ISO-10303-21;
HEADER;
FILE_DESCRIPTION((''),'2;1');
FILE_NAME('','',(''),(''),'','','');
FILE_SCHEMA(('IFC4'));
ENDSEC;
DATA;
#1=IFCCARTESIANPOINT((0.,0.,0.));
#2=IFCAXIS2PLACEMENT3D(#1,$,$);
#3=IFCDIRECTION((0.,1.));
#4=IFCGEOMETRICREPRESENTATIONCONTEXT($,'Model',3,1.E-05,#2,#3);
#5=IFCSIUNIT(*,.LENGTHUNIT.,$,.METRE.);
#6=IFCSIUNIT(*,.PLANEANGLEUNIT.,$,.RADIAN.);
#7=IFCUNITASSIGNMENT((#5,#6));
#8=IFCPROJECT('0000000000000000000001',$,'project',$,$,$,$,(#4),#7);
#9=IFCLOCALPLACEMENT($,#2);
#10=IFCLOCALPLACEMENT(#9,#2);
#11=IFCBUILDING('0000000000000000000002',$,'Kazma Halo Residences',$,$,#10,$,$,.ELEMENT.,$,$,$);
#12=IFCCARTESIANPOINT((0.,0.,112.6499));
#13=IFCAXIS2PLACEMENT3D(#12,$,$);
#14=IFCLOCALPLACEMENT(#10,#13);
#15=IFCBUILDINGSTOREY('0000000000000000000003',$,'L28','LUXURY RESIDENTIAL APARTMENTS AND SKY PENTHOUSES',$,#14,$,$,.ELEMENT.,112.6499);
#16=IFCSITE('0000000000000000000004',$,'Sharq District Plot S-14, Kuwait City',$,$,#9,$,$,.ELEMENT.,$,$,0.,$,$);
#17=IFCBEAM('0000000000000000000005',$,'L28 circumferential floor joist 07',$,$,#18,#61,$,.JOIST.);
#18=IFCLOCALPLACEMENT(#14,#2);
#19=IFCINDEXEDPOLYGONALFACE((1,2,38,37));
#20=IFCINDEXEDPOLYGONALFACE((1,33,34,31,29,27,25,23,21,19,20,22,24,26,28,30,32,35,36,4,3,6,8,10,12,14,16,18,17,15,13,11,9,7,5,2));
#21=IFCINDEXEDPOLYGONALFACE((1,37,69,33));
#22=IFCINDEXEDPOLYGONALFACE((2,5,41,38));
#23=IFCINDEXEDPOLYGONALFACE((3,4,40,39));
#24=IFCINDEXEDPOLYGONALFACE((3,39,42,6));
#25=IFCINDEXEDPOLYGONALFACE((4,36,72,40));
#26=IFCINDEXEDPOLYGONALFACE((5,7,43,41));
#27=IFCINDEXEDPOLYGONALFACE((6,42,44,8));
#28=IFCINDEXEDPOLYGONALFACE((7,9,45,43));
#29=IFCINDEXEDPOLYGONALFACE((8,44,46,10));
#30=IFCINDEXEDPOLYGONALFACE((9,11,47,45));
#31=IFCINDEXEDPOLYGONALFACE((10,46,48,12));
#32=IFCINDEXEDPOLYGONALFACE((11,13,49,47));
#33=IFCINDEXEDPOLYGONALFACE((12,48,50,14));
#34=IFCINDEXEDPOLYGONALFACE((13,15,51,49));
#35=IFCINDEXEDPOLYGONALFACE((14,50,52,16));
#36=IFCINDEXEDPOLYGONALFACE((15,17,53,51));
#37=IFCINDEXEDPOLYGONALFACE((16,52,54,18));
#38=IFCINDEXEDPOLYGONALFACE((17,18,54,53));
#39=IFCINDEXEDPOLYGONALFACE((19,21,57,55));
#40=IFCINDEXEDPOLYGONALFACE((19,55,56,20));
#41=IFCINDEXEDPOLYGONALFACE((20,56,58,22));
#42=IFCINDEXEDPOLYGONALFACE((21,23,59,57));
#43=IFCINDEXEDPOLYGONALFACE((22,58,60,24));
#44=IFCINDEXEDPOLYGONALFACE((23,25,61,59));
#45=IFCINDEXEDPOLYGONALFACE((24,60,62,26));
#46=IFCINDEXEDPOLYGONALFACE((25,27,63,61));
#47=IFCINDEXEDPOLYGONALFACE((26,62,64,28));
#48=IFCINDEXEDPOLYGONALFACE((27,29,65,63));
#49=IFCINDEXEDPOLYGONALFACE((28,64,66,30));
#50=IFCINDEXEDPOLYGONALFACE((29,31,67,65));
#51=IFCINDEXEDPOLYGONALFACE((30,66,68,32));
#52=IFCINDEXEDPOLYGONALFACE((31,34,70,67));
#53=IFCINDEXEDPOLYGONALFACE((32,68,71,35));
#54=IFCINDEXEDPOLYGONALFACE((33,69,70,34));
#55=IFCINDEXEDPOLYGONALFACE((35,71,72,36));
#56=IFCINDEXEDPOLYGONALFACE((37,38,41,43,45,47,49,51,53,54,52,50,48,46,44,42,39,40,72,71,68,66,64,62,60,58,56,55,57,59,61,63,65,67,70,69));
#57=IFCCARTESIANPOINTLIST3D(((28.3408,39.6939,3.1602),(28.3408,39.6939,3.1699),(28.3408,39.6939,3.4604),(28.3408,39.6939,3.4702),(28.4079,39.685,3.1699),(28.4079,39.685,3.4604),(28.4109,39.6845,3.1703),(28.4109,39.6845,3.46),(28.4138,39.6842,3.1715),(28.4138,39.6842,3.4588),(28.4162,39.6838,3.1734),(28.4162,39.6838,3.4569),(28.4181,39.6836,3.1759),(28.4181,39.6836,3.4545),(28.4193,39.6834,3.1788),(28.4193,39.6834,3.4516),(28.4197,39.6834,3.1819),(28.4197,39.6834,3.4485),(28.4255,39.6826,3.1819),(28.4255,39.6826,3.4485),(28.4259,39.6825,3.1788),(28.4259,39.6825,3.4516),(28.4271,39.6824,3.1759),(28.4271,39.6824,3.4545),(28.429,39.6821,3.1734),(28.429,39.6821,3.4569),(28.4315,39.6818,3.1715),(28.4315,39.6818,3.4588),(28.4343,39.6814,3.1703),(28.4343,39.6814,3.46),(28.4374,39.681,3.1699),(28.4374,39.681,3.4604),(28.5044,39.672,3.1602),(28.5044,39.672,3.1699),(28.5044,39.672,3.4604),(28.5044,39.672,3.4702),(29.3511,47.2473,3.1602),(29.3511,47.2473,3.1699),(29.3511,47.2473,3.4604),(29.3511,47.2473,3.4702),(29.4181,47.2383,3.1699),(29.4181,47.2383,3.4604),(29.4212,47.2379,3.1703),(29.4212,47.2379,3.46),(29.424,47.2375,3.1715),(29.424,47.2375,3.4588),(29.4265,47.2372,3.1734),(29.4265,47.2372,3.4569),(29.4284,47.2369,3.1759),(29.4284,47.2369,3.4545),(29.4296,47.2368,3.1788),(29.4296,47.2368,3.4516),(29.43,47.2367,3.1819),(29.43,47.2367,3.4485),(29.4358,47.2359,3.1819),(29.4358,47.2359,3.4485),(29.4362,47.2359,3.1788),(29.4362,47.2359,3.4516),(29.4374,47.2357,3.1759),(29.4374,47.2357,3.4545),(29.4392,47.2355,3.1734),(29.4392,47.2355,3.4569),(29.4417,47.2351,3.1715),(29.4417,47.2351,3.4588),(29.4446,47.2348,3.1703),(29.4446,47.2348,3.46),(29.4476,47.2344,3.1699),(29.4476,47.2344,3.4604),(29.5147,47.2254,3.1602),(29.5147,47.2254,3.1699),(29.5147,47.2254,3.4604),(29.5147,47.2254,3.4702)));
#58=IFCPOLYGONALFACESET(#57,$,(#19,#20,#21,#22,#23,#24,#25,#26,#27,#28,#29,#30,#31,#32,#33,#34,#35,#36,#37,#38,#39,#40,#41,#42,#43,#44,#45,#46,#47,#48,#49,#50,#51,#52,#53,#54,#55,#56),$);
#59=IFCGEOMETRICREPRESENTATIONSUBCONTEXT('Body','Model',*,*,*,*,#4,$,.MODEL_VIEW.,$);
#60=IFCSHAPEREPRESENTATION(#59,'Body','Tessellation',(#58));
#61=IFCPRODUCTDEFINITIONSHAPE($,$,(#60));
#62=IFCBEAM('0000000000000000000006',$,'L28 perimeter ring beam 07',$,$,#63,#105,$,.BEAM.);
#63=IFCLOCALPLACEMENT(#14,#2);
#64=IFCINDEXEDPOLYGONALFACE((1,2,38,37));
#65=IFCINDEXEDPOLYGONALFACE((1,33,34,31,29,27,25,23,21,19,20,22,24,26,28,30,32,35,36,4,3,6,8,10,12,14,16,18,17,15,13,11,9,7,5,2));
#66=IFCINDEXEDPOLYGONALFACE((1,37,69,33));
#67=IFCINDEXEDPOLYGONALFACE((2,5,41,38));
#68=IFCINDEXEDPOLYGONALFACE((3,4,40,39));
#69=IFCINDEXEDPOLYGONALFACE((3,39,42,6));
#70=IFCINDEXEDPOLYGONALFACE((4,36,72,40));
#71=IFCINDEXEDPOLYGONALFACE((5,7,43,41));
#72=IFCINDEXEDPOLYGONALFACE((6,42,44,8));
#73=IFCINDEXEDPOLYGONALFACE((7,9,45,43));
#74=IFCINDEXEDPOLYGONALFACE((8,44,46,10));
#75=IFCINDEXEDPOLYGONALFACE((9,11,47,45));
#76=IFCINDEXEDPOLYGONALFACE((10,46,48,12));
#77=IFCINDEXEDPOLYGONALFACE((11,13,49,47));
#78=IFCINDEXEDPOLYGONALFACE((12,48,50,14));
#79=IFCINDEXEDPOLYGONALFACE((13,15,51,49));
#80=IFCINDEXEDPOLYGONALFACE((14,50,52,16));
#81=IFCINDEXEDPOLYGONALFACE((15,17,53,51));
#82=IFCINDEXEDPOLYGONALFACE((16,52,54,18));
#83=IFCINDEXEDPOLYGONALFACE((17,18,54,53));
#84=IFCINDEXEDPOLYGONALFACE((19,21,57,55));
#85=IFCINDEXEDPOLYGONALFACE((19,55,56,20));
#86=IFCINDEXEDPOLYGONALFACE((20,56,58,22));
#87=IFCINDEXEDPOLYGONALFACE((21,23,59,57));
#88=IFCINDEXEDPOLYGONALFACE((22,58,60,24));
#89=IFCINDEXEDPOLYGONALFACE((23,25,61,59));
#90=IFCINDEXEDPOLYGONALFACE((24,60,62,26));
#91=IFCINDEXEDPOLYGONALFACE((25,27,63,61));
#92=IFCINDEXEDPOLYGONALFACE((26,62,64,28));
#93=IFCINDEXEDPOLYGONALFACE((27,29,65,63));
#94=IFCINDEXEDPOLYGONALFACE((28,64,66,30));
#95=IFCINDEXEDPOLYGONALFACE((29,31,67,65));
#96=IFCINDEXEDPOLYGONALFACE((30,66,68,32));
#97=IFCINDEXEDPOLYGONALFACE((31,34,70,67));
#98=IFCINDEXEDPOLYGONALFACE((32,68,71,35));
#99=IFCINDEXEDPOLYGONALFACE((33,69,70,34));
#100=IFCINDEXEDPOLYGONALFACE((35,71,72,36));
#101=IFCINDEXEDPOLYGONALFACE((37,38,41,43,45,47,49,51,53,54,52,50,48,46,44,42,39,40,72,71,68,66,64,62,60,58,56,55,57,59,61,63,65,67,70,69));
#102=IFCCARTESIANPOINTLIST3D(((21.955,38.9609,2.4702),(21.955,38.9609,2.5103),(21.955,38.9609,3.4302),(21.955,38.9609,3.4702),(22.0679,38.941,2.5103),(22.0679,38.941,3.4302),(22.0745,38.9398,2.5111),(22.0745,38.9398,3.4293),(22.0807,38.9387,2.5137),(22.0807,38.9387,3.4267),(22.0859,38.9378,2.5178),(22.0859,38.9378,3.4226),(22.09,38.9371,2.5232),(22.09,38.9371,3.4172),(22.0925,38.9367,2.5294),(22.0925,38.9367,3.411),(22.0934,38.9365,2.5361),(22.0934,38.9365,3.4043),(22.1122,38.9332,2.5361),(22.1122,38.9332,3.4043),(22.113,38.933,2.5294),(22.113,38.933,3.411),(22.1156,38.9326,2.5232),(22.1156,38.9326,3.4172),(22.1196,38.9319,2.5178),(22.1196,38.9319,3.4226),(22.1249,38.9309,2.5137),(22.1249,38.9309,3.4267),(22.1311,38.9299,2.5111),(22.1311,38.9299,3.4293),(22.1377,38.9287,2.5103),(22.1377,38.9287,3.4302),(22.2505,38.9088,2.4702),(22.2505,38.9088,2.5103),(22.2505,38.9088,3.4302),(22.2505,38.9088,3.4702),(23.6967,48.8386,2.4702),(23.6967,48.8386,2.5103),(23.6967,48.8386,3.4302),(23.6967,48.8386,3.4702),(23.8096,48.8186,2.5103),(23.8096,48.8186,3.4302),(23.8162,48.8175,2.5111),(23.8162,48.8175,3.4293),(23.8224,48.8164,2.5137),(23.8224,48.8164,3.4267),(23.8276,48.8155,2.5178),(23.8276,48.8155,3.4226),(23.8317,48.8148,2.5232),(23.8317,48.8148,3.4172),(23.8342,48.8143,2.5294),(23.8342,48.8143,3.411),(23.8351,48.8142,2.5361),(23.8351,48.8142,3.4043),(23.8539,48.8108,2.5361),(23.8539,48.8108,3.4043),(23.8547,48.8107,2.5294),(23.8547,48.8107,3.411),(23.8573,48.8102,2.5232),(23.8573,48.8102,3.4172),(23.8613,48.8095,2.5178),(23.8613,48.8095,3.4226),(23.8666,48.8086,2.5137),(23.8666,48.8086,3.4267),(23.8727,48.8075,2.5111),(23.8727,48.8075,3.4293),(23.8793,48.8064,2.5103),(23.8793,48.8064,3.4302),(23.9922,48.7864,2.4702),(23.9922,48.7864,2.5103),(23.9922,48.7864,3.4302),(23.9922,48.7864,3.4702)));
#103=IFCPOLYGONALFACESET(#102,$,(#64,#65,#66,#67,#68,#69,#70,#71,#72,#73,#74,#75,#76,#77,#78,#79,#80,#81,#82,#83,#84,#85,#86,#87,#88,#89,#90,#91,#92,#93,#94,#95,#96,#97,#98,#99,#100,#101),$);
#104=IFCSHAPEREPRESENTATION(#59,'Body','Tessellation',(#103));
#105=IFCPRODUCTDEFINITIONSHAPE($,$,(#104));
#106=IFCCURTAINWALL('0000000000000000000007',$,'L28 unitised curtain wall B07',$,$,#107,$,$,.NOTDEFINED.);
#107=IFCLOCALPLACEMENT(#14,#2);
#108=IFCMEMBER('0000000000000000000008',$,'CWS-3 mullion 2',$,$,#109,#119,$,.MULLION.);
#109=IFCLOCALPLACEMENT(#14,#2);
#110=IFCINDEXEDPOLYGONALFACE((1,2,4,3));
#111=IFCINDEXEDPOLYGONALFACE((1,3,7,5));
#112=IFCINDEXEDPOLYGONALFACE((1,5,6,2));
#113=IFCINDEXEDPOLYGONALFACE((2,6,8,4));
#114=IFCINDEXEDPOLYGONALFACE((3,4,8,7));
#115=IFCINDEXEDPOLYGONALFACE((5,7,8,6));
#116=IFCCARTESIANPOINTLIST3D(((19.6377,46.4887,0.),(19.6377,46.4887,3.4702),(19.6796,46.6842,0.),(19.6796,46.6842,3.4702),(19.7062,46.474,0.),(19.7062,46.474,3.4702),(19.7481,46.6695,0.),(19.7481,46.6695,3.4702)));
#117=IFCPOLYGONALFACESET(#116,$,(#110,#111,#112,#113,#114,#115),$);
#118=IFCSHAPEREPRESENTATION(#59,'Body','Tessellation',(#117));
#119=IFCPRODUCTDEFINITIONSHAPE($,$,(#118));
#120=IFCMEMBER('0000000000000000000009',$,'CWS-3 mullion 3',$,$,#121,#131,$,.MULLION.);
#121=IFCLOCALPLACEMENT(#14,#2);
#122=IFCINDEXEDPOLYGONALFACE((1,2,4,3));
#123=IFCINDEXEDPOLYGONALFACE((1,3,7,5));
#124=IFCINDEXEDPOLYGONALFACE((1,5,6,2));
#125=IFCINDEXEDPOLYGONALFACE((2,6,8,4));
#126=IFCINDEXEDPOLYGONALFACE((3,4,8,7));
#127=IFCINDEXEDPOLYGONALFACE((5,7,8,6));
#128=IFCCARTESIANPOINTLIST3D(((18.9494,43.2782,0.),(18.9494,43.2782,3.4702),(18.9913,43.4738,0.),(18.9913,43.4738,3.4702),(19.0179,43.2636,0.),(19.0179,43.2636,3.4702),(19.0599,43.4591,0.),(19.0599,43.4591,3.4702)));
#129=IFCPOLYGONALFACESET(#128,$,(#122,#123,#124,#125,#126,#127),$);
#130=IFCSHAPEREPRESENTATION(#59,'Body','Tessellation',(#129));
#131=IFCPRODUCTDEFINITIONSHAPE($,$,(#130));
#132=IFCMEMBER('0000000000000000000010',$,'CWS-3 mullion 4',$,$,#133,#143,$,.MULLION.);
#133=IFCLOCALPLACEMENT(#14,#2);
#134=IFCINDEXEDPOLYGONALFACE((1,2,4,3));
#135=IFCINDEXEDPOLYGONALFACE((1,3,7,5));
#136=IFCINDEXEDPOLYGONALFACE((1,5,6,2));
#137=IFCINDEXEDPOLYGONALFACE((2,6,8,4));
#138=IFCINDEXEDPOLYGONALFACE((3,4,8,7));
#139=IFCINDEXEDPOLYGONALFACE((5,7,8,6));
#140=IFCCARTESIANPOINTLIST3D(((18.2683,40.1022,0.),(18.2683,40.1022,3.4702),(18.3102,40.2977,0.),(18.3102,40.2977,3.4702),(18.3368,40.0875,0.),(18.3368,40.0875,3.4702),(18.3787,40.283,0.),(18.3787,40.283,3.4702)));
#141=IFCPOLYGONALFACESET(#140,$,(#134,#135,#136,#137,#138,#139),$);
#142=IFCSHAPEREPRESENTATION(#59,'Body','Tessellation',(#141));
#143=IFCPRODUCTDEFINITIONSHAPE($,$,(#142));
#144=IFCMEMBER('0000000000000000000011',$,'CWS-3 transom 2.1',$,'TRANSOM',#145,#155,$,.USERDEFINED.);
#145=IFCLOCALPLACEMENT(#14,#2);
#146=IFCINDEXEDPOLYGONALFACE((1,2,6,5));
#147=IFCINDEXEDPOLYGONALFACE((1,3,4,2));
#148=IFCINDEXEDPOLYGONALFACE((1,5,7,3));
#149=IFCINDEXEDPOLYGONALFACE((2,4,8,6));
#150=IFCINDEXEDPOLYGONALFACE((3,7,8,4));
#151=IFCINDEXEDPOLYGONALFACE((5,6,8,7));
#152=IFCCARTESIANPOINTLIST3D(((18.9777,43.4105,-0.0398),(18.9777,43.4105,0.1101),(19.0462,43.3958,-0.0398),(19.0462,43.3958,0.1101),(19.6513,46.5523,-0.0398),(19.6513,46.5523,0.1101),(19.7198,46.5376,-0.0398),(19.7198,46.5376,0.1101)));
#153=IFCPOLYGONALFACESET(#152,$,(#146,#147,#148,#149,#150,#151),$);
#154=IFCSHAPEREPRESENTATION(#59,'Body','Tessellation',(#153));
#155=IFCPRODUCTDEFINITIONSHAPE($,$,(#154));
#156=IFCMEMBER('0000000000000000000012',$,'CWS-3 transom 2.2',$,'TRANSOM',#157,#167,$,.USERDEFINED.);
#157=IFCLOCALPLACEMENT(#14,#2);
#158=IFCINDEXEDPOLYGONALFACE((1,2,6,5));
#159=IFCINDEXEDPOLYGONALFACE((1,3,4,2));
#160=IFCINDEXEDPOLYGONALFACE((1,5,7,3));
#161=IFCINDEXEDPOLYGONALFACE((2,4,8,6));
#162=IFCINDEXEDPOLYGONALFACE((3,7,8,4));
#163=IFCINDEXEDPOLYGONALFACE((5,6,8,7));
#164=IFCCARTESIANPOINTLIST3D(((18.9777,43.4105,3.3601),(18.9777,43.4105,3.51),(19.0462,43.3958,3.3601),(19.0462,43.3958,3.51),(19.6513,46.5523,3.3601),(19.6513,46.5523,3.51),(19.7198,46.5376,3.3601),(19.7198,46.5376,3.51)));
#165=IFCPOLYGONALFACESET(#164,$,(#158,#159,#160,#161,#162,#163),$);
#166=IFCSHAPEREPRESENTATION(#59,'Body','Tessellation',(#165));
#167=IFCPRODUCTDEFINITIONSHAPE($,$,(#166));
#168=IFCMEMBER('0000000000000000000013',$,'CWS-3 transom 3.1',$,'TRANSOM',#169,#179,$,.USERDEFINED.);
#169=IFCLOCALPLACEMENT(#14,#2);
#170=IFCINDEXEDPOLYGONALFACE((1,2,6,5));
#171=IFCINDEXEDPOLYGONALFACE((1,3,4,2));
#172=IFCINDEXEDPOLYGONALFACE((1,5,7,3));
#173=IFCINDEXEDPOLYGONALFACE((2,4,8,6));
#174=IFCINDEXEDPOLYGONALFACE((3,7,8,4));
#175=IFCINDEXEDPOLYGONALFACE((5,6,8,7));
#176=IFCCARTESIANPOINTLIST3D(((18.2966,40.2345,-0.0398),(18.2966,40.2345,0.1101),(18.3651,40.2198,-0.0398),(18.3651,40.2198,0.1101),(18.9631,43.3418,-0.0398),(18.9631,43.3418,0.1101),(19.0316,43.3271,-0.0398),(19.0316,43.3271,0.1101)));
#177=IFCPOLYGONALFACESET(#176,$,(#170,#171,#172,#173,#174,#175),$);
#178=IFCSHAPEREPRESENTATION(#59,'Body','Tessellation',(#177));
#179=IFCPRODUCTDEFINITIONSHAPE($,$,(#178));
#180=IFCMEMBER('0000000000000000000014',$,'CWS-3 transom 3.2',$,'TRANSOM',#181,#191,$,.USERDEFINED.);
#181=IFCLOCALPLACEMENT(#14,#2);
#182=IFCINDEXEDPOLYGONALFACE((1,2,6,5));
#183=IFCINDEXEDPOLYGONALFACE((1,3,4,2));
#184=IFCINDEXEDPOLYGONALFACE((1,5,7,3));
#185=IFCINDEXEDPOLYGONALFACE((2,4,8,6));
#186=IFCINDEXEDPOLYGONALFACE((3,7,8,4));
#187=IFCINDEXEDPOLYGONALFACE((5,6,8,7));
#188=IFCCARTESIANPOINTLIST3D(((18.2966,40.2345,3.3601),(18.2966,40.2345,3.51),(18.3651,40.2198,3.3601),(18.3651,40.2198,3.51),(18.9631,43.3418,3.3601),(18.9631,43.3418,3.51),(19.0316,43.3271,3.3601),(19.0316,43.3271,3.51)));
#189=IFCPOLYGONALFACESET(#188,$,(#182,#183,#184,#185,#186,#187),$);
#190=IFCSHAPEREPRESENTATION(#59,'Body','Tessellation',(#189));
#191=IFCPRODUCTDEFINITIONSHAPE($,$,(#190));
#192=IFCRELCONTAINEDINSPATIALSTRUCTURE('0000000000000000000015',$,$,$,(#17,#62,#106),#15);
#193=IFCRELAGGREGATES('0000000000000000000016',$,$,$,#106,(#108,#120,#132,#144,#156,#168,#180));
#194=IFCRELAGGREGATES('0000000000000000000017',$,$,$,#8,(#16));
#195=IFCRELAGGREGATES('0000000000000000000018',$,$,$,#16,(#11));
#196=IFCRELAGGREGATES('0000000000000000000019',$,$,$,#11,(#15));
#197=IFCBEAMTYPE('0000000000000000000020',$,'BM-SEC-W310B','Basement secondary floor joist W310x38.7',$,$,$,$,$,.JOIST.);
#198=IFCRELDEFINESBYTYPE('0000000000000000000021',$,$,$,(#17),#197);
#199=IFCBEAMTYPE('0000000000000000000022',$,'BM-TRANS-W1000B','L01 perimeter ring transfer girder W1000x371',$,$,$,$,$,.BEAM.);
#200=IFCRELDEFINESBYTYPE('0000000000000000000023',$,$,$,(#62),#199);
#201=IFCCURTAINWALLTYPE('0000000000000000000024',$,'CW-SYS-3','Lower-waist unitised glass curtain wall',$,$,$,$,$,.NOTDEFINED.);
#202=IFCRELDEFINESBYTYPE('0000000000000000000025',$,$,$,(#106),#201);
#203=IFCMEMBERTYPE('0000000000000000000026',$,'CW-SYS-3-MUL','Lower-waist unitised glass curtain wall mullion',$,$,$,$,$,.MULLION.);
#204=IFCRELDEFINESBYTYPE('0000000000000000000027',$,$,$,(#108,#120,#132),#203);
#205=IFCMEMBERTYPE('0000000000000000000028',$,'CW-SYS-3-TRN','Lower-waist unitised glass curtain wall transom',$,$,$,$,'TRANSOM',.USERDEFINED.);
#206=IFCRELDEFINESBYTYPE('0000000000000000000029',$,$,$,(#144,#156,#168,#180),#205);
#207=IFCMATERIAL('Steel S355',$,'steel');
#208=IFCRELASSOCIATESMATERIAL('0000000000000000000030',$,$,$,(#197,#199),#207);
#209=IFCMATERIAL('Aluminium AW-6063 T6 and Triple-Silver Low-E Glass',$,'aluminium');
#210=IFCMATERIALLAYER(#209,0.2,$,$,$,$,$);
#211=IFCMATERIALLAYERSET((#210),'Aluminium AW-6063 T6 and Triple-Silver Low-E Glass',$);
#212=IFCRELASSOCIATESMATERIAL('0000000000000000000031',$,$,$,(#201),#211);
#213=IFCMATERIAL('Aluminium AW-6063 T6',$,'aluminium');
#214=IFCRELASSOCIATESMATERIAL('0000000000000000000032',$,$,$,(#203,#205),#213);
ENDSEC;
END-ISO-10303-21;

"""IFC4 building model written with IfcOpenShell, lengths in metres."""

from ifc_helpers import new_model, si_unit, direction, frame, origin, origin_2d, place, context, subcontext, project, spatial, rectangle, i_section, extrude, material, layer, layer_set, material_profile, profile_set, type_object, element, aggregate, save


model = new_model("IFC4")

# Units and contexts
model_context = context("Model", 3, precision=1e-05, world=origin(), true_north=direction((0.0, 1.0)))
body_context = subcontext(model_context, "Body", "Model", "MODEL_VIEW")
ifc_project = project(units=[si_unit("LENGTHUNIT", "METRE"), si_unit("PLANEANGLEUNIT", "RADIAN")], contexts=[model_context])

# Site, building, storey
site_placement = place(None, origin())
site = spatial("IfcSite", under=ifc_project, at=site_placement, Name="Sharq District Plot S-14, Kuwait City", CompositionType="ELEMENT", RefElevation=0.0)
building_placement = place(site_placement, origin())
building = spatial("IfcBuilding", under=site, at=building_placement, Name="Kazma Halo Residences", CompositionType="ELEMENT")
storey_placement = place(building_placement, frame((0.0, 0.0, 112.6499)))
storey = spatial("IfcBuildingStorey", under=building, at=storey_placement, Name="L28", Description="LUXURY RESIDENTIAL APARTMENTS AND SKY PENTHOUSES", CompositionType="ELEMENT", Elevation=112.6499)

# Beams
ifc_material_1 = material(Name="Steel S355", Category="steel")
ifc_material_profile_1 = material_profile(ifc_material_1, i_section(OverallWidth=0.165, OverallDepth=0.3101, WebThickness=0.0059, FlangeThickness=0.0098, FilletRadius=0.012, at=origin_2d()), Name="W310x38.7")
ifc_profile_set_1 = profile_set([ifc_material_profile_1], Name="Steel S355")
beam_type_1 = type_object("IfcBeamType", Name="BM-SEC-W310B", Description="Basement secondary floor joist W310x38.7", PredefinedType="JOIST", material=ifc_profile_set_1)
beam_1_placement = place(storey_placement, frame((29.4329, 47.2363, 3.3152), z_axis=(-0.132567, -0.991174, 0.0), x_axis=(0.991174, -0.132567, 0.0)))
element("IfcBeam", 1, at=beam_1_placement, inside=storey, type_object=beam_type_1, Name="L28 circumferential floor joist 07", PredefinedType="JOIST", context=body_context, shape_type="SweptSolid", body=[
    extrude(i_section(OverallWidth=0.165, OverallDepth=0.3101, WebThickness=0.0059, FlangeThickness=0.0098, FilletRadius=0.012, at=origin_2d()), origin(), (0.0, 0.0, 1.0), 7.6206),
])
ifc_material_profile_2 = material_profile(ifc_material_1, i_section(OverallWidth=0.3, OverallDepth=1.0, WebThickness=0.019, FlangeThickness=0.04, FilletRadius=0.0259, at=origin_2d()), Name="W1000x371")
ifc_profile_set_2 = profile_set([ifc_material_profile_2], Name="Steel S355")
beam_type_2 = type_object("IfcBeamType", Name="BM-TRANS-W1000B", Description="L01 perimeter ring transfer girder W1000x371", PredefinedType="BEAM", material=ifc_profile_set_2)
beam_2_placement = place(storey_placement, frame((23.8445, 48.8125, 2.9702), z_axis=(-0.173648, -0.984808, 0.0), x_axis=(0.984808, -0.173648, 0.0)))
element("IfcBeam", 2, at=beam_2_placement, inside=storey, type_object=beam_type_2, Name="L28 perimeter ring beam 07", PredefinedType="BEAM", context=body_context, shape_type="SweptSolid", body=[
    extrude(i_section(OverallWidth=0.3, OverallDepth=1.0, WebThickness=0.019, FlangeThickness=0.04, FilletRadius=0.0259, at=origin_2d()), origin(), (0.0, 0.0, 1.0), 10.03),
])

# Curtain wall, members
ifc_material_2 = material(Name="Aluminium AW-6063 T6 and Triple-Silver Low-E Glass", Category="aluminium")
ifc_layer_1 = layer(ifc_material_2, 0.2)
ifc_layer_set_1 = layer_set([ifc_layer_1], Name="Aluminium AW-6063 T6 and Triple-Silver Low-E Glass")
curtain_wall_type = type_object("IfcCurtainWallType", Name="CW-SYS-3", Description="Lower-waist unitised glass curtain wall", PredefinedType="NOTDEFINED", material=ifc_layer_set_1)
curtain_wall_placement = place(storey_placement, origin())
curtain_wall = element("IfcCurtainWall", 3, at=curtain_wall_placement, inside=storey, type_object=curtain_wall_type, Name="L28 unitised curtain wall B07", PredefinedType="NOTDEFINED")
ifc_material_3 = material(Name="Aluminium AW-6063 T6", Category="aluminium")
ifc_material_profile_3 = material_profile(ifc_material_3, rectangle(XDim=0.0701, YDim=0.2, at=origin_2d()), Name="CWM-70x200")
ifc_profile_set_3 = profile_set([ifc_material_profile_3], Name="Aluminium AW-6063 T6")
member_type_1 = type_object("IfcMemberType", Name="CW-SYS-3-MUL", Description="Lower-waist unitised glass curtain wall mullion", PredefinedType="MULLION", material=ifc_profile_set_3)
member_1_placement = place(storey_placement, frame((19.6929, 46.5791, 0.0), z_axis=(0.0, 0.0, 1.0), x_axis=(0.977774, -0.209661, 0.0)))
member_1 = element("IfcMember", 4, at=member_1_placement, type_object=member_type_1, Name="CWS-3 mullion 2", PredefinedType="MULLION", context=body_context, shape_type="SweptSolid", body=[
    extrude(rectangle(XDim=0.0701, YDim=0.2, at=origin_2d()), origin(), (0.0, 0.0, 1.0), 3.4702),
])
member_2_placement = place(storey_placement, frame((19.0046, 43.3687, 0.0), z_axis=(0.0, 0.0, 1.0), x_axis=(0.977774, -0.209661, 0.0)))
member_2 = element("IfcMember", 5, at=member_2_placement, type_object=member_type_1, Name="CWS-3 mullion 3", PredefinedType="MULLION", context=body_context, shape_type="SweptSolid", body=[
    extrude(rectangle(XDim=0.0701, YDim=0.2, at=origin_2d()), origin(), (0.0, 0.0, 1.0), 3.4702),
])
member_3_placement = place(storey_placement, frame((18.3235, 40.1926, 0.0), z_axis=(0.0, 0.0, 1.0), x_axis=(0.977774, -0.209661, 0.0)))
member_3 = element("IfcMember", 6, at=member_3_placement, type_object=member_type_1, Name="CWS-3 mullion 4", PredefinedType="MULLION", context=body_context, shape_type="SweptSolid", body=[
    extrude(rectangle(XDim=0.0701, YDim=0.2, at=origin_2d()), origin(), (0.0, 0.0, 1.0), 3.4702),
])
ifc_material_profile_4 = material_profile(ifc_material_3, rectangle(XDim=0.0701, YDim=0.1499, at=origin_2d()), Name="CWT-70x150")
ifc_profile_set_4 = profile_set([ifc_material_profile_4], Name="Aluminium AW-6063 T6")
member_type_2 = type_object("IfcMemberType", Name="CW-SYS-3-TRN", Description="Lower-waist unitised glass curtain wall transom", ElementType="TRANSOM", PredefinedType="USERDEFINED", material=ifc_profile_set_4)
member_4_placement = place(storey_placement, frame((19.6855, 46.5449, 0.0352), z_axis=(-0.209628, -0.977781, 0.0), x_axis=(0.977781, -0.209628, 0.0)))
member_4 = element("IfcMember", 7, at=member_4_placement, type_object=member_type_2, Name="CWS-3 transom 2.1", ObjectType="TRANSOM", PredefinedType="USERDEFINED", context=body_context, shape_type="SweptSolid", body=[
    extrude(rectangle(XDim=0.0701, YDim=0.1499, at=origin_2d()), origin(), (0.0, 0.0, 1.0), 3.2131),
])
member_5_placement = place(storey_placement, frame((19.6855, 46.5449, 3.4351), z_axis=(-0.209628, -0.977781, 0.0), x_axis=(0.977781, -0.209628, 0.0)))
member_5 = element("IfcMember", 8, at=member_5_placement, type_object=member_type_2, Name="CWS-3 transom 2.2", ObjectType="TRANSOM", PredefinedType="USERDEFINED", context=body_context, shape_type="SweptSolid", body=[
    extrude(rectangle(XDim=0.0701, YDim=0.1499, at=origin_2d()), origin(), (0.0, 0.0, 1.0), 3.2131),
])
member_6_placement = place(storey_placement, frame((18.9973, 43.3345, 0.0352), z_axis=(-0.209718, -0.977762, 0.0), x_axis=(0.977762, -0.209718, 0.0)))
member_6 = element("IfcMember", 9, at=member_6_placement, type_object=member_type_2, Name="CWS-3 transom 3.1", ObjectType="TRANSOM", PredefinedType="USERDEFINED", context=body_context, shape_type="SweptSolid", body=[
    extrude(rectangle(XDim=0.0701, YDim=0.1499, at=origin_2d()), origin(), (0.0, 0.0, 1.0), 3.178),
])
member_7_placement = place(storey_placement, frame((18.9973, 43.3345, 3.4351), z_axis=(-0.209718, -0.977762, 0.0), x_axis=(0.977762, -0.209718, 0.0)))
member_7 = element("IfcMember", 10, at=member_7_placement, type_object=member_type_2, Name="CWS-3 transom 3.2", ObjectType="TRANSOM", PredefinedType="USERDEFINED", context=body_context, shape_type="SweptSolid", body=[
    extrude(rectangle(XDim=0.0701, YDim=0.1499, at=origin_2d()), origin(), (0.0, 0.0, 1.0), 3.178),
])
aggregate(curtain_wall, [member_1, member_2, member_3, member_4, member_5, member_6, member_7])

save(model, "model.ifc")
